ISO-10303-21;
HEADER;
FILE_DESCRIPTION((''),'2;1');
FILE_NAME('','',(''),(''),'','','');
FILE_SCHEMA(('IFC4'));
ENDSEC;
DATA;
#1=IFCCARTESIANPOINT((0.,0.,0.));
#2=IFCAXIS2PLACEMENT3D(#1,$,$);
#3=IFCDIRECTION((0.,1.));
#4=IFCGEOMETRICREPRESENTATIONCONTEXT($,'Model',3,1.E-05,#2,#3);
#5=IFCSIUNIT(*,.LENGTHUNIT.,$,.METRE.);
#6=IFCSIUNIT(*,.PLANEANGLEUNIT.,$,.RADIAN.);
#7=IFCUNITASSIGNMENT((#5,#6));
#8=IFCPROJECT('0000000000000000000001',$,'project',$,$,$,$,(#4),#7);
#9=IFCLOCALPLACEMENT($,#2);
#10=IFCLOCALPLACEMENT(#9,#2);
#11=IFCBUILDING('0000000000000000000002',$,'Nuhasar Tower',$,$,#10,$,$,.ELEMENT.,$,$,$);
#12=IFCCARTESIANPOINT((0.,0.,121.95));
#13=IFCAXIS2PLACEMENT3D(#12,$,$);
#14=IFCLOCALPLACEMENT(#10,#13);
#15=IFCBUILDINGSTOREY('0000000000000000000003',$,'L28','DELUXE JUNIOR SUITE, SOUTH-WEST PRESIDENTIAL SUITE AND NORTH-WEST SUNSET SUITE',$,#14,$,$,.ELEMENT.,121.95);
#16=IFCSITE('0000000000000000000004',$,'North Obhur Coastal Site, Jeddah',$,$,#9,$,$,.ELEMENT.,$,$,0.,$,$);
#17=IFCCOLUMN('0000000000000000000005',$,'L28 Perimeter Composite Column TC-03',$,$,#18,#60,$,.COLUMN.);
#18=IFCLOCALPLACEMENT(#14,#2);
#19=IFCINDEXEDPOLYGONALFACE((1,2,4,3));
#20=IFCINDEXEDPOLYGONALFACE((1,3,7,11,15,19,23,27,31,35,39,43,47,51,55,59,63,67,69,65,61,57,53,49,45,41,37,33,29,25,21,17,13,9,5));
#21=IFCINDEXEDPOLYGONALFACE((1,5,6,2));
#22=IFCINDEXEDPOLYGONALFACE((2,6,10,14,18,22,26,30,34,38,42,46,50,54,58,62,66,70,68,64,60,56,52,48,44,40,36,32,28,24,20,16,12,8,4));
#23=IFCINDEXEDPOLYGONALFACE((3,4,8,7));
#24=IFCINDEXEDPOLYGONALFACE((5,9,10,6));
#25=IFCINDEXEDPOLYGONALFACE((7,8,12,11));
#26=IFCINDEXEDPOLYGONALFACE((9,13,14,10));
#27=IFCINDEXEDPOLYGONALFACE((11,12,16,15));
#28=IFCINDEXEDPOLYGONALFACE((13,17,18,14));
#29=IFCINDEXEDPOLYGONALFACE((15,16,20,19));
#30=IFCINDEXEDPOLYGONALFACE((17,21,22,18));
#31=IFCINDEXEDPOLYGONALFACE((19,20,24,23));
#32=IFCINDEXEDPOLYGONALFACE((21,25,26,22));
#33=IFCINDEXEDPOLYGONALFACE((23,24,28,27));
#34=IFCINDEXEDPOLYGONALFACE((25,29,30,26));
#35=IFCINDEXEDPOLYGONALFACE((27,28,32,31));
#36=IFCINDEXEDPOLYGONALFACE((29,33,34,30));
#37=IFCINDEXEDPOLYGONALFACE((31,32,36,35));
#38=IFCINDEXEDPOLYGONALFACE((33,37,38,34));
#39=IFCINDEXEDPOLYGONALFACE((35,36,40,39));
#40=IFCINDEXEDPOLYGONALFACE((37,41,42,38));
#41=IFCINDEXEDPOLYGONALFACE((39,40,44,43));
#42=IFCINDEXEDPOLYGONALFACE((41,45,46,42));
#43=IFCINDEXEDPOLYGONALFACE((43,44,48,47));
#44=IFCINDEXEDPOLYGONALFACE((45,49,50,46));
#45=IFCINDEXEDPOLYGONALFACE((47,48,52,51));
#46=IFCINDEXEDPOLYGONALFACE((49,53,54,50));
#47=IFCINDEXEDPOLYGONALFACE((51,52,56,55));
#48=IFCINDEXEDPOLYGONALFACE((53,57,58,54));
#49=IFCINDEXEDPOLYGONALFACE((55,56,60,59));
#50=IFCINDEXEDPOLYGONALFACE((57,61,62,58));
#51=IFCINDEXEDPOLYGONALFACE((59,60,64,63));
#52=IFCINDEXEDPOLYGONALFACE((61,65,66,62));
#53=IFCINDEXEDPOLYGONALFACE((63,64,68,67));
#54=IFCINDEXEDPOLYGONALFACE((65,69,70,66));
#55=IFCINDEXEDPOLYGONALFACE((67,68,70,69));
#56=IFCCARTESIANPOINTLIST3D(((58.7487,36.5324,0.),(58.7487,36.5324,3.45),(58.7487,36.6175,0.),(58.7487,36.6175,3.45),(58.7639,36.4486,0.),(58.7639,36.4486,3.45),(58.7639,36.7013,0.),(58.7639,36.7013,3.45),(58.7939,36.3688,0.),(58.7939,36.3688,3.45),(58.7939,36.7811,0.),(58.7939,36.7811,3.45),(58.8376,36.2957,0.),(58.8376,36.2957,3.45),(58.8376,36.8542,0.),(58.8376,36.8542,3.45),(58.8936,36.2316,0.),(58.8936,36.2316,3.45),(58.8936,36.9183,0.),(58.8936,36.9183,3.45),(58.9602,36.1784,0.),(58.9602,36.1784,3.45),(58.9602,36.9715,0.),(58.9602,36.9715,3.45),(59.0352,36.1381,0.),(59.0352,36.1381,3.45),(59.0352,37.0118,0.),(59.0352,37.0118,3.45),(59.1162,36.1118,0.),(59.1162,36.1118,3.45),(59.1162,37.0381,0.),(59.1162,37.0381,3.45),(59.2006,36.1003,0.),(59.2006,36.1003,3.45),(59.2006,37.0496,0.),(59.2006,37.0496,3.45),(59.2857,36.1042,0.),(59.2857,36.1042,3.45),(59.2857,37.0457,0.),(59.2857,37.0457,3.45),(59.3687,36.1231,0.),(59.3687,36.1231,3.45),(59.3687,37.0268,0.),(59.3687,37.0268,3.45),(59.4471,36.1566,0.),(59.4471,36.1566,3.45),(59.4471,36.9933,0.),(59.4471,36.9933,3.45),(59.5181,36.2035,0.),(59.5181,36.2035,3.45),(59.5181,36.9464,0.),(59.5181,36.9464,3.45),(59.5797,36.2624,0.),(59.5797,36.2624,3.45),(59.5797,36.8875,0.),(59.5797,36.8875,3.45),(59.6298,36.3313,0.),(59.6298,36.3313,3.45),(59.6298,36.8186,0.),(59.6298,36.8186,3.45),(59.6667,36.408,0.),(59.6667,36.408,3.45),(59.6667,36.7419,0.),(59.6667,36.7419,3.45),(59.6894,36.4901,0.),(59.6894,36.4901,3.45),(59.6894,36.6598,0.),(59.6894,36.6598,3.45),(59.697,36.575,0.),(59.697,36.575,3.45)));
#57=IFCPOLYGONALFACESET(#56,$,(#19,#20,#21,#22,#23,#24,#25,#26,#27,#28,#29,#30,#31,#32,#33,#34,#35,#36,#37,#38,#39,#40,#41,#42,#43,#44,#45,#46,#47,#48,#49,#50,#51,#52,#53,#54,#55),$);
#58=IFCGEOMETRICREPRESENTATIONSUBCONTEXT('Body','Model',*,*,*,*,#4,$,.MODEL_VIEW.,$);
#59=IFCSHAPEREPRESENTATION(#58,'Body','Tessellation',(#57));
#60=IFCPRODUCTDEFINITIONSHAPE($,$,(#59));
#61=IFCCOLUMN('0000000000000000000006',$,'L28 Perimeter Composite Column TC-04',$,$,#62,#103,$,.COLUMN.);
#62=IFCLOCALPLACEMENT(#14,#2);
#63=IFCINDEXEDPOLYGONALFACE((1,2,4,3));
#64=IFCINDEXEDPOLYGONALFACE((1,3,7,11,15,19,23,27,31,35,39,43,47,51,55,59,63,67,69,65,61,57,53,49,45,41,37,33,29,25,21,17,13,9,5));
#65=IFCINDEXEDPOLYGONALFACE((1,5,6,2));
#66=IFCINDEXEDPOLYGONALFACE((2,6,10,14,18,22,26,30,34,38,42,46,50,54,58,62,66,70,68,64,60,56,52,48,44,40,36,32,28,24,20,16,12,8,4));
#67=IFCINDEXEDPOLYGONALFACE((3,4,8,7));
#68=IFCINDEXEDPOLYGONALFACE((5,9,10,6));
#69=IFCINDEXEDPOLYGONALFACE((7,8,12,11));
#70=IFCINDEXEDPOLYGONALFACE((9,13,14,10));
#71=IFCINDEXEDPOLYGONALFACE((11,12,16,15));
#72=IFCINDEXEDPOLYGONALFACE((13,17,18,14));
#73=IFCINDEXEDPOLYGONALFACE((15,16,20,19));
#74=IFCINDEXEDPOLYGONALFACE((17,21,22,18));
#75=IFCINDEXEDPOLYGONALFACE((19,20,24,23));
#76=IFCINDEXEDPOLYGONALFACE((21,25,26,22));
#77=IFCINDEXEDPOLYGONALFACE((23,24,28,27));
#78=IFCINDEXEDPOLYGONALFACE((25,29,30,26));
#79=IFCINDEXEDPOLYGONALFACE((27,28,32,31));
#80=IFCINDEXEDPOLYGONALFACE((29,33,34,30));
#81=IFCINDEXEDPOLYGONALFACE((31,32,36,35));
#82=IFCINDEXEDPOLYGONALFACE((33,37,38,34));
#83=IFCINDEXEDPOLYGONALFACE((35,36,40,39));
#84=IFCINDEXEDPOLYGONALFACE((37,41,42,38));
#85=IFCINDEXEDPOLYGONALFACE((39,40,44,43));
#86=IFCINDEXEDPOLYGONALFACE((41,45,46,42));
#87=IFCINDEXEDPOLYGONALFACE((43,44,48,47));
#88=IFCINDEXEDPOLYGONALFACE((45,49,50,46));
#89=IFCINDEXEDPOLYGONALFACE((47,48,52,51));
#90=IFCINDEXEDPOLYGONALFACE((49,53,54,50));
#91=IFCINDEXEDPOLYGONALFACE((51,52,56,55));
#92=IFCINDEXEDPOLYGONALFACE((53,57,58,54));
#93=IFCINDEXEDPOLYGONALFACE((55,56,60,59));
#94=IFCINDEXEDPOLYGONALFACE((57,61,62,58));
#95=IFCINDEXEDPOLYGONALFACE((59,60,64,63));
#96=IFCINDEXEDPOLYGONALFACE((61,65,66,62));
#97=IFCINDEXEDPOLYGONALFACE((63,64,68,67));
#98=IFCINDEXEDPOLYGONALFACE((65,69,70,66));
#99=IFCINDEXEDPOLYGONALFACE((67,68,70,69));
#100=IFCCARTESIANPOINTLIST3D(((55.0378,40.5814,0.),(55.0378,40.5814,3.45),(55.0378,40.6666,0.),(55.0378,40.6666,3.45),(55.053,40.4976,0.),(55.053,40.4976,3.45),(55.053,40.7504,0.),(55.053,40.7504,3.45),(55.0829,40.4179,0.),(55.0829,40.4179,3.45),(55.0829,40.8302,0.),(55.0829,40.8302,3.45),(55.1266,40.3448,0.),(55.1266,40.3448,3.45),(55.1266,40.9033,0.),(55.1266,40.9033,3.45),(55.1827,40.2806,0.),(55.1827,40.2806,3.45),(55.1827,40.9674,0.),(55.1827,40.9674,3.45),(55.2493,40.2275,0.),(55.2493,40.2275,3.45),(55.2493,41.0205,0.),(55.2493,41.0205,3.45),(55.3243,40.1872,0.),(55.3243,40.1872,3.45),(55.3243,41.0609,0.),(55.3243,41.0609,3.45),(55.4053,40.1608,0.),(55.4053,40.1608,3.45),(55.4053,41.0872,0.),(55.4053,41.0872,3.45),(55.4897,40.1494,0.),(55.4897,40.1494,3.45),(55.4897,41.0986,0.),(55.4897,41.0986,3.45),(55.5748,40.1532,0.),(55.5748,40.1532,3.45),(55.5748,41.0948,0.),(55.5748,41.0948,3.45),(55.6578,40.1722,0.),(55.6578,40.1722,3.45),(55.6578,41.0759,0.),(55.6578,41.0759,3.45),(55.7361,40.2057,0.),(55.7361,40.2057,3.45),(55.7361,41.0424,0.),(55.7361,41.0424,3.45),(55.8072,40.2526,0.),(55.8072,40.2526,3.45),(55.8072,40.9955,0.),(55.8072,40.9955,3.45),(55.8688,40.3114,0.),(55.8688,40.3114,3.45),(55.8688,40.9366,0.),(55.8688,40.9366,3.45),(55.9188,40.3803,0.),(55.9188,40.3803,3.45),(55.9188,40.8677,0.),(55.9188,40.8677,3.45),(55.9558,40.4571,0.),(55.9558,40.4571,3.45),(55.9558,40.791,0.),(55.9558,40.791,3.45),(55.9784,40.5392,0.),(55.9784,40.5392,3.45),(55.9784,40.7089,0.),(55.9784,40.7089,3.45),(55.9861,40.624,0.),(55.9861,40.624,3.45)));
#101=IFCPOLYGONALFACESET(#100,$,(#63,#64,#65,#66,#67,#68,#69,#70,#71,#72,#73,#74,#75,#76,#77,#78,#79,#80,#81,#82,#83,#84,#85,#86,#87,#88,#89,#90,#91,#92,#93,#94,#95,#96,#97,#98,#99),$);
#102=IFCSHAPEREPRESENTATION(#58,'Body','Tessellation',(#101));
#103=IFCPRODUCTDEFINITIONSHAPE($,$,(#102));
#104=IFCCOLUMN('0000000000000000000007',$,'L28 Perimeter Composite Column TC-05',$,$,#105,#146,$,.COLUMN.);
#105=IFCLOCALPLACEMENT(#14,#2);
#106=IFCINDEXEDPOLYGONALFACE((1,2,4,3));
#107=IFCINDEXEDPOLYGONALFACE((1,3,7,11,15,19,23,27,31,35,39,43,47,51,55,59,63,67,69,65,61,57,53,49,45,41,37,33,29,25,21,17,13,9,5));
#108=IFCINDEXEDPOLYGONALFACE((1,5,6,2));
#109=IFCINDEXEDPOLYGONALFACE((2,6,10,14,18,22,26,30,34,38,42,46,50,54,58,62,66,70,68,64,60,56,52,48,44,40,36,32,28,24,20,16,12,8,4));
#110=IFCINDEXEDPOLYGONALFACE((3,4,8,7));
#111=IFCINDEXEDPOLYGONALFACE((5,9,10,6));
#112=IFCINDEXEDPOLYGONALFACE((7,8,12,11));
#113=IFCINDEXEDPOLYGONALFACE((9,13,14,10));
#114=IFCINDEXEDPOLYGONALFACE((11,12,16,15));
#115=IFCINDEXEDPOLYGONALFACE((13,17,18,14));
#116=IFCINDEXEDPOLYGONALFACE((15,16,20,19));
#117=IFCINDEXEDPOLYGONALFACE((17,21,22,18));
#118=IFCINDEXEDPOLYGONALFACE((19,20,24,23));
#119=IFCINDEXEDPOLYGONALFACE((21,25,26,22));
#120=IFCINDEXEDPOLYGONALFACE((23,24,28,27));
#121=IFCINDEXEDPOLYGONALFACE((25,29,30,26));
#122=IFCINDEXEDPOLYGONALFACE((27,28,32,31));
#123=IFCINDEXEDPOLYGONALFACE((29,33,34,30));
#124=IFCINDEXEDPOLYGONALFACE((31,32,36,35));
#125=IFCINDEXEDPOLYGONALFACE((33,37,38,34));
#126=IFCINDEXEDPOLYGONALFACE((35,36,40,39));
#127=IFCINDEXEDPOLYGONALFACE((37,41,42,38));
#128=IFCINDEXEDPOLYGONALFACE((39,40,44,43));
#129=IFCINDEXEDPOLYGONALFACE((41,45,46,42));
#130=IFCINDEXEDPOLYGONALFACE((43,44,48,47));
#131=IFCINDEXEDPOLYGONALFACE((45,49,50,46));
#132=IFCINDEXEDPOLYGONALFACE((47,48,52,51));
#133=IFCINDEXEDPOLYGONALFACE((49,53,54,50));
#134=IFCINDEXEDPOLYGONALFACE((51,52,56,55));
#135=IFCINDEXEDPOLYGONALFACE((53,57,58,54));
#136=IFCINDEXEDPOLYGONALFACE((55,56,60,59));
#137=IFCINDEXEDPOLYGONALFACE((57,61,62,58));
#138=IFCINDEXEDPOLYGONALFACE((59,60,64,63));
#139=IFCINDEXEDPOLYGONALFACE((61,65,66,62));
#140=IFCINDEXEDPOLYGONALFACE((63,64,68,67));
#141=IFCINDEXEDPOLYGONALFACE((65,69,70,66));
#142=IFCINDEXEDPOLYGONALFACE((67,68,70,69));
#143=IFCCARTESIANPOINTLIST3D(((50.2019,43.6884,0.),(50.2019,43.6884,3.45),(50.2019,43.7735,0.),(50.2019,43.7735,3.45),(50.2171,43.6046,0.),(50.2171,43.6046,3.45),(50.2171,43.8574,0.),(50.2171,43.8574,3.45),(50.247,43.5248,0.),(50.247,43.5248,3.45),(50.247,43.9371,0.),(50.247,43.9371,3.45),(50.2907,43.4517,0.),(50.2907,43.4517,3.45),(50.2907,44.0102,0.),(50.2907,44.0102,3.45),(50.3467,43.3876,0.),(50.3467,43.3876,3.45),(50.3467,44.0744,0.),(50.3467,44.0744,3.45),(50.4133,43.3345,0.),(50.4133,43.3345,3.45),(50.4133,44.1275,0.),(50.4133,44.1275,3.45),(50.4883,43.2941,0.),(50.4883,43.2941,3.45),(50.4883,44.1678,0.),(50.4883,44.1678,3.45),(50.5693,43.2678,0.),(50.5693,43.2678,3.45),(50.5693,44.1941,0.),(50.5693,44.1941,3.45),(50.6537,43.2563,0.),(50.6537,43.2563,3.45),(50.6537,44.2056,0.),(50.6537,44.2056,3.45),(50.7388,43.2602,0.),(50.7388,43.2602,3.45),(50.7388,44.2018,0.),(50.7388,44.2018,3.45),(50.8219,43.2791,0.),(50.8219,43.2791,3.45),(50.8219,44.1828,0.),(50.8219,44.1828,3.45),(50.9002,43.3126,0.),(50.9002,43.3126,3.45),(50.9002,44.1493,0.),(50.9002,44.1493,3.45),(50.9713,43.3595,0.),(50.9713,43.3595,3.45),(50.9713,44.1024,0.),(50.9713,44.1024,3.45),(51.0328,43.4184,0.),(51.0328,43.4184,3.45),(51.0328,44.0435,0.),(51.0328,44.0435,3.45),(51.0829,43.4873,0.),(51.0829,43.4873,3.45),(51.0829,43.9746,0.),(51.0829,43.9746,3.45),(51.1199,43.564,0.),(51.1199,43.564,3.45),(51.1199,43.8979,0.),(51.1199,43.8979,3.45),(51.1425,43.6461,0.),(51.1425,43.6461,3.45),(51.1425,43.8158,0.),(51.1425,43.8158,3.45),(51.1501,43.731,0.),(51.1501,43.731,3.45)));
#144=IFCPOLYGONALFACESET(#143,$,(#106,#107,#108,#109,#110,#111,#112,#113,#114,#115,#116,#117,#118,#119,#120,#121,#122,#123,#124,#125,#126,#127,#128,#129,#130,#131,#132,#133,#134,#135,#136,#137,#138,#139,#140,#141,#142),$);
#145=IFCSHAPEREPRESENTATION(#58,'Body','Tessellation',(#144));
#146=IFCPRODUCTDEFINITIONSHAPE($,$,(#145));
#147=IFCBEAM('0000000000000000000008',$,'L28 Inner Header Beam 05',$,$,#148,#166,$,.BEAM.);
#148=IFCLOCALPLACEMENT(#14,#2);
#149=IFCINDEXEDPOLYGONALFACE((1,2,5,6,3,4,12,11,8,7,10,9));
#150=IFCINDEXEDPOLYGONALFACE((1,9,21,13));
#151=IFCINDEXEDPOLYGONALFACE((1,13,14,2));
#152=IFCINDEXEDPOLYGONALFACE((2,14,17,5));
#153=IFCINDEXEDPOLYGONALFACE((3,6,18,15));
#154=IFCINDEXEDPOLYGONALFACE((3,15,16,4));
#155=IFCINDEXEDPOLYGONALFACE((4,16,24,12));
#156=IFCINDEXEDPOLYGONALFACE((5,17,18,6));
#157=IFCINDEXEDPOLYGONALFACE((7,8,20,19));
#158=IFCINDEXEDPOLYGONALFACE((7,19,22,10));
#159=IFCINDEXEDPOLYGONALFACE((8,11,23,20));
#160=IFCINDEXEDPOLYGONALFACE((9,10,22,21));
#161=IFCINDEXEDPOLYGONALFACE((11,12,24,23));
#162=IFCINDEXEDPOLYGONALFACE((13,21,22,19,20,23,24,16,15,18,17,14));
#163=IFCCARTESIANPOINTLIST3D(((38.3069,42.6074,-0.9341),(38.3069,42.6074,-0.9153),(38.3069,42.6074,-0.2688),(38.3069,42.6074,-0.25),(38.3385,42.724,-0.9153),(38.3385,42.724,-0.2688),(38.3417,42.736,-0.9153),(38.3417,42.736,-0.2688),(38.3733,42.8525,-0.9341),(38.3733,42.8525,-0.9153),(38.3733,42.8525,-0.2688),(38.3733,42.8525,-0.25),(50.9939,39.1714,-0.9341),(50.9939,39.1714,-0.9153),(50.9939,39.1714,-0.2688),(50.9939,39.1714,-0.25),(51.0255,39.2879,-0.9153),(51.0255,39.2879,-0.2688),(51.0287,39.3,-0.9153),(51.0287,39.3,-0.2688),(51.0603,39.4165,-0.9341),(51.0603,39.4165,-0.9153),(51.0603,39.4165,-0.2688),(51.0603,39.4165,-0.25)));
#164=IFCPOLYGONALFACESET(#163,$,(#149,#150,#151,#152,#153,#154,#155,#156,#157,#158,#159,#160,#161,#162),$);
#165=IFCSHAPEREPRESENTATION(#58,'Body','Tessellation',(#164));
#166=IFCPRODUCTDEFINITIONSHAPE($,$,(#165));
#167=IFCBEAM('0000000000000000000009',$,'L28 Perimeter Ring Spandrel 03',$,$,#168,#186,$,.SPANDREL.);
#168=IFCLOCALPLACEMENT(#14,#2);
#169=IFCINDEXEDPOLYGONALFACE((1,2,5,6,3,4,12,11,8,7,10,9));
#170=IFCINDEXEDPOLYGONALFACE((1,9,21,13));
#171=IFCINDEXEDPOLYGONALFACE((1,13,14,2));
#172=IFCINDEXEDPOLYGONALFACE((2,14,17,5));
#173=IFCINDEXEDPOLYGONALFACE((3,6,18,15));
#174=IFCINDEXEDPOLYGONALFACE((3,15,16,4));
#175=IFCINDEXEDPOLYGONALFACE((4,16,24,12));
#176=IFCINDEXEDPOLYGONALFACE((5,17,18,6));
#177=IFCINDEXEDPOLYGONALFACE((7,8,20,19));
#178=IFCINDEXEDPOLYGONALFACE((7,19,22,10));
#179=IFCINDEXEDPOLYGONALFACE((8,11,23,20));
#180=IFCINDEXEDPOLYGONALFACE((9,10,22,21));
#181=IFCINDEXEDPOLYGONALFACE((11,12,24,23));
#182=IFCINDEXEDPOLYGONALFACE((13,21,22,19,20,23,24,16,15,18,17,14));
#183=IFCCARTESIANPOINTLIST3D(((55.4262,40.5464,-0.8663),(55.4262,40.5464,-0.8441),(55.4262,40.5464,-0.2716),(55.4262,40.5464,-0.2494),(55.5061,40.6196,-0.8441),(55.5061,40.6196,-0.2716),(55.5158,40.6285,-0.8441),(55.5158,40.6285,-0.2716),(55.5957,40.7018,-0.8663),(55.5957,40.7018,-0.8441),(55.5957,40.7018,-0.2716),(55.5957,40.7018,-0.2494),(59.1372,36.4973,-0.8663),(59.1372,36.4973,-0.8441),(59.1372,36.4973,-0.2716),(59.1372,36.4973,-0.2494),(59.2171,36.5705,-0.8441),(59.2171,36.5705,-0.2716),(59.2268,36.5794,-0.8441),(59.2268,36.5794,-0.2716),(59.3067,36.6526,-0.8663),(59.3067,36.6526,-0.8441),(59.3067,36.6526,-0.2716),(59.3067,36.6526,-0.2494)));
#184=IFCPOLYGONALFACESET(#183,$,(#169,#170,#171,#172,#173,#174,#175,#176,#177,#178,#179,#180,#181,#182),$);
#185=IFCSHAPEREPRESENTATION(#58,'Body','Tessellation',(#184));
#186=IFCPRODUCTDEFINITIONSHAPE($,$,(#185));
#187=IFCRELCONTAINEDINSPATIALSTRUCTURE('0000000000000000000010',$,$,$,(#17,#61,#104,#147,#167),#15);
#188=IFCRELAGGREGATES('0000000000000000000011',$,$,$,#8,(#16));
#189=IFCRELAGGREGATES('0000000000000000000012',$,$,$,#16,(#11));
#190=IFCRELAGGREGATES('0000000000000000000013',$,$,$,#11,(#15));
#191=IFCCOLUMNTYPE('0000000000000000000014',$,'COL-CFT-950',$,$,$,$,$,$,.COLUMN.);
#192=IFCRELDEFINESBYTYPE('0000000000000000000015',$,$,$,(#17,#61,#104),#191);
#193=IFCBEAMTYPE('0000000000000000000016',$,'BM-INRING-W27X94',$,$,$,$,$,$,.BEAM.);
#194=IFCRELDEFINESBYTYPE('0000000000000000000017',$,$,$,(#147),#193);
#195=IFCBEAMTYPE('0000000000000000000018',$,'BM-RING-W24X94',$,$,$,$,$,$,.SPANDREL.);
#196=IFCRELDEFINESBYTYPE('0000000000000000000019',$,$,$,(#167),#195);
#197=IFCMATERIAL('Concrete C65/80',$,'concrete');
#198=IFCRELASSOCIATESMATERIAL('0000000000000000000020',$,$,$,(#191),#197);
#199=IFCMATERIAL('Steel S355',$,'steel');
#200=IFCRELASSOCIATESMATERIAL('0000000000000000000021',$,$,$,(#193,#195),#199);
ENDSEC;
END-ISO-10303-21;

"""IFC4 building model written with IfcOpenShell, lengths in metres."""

from ifc_helpers import new_model, si_unit, direction, frame, origin, origin_2d, place, context, subcontext, project, spatial, circle, i_section, extrude, material, material_profile, profile_set, type_object, element, save


model = new_model("IFC4")

# Units and contexts
model_context = context("Model", 3, precision=1e-05, world=origin(), true_north=direction((0.0, 1.0)))
body_context = subcontext(model_context, "Body", "Model", "MODEL_VIEW")
ifc_project = project(units=[si_unit("LENGTHUNIT", "METRE"), si_unit("PLANEANGLEUNIT", "RADIAN")], contexts=[model_context])

# Site, building, storey
site_placement = place(None, origin())
site = spatial("IfcSite", under=ifc_project, at=site_placement, Name="North Obhur Coastal Site, Jeddah", CompositionType="ELEMENT", RefElevation=0.0)
building_placement = place(site_placement, origin())
building = spatial("IfcBuilding", under=site, at=building_placement, Name="Nuhasar Tower", CompositionType="ELEMENT")
storey_placement = place(building_placement, frame((0.0, 0.0, 121.95)))
storey = spatial("IfcBuildingStorey", under=building, at=storey_placement, Name="L28", Description="DELUXE JUNIOR SUITE, SOUTH-WEST PRESIDENTIAL SUITE AND NORTH-WEST SUNSET SUITE", CompositionType="ELEMENT", Elevation=121.95)

# Columns
ifc_material_1 = material(Name="Concrete C65/80", Category="concrete")
ifc_material_profile_1 = material_profile(ifc_material_1, circle(Radius=0.4751, at=origin_2d()), Name="CFT950")
ifc_profile_set_1 = profile_set([ifc_material_profile_1], Name="Concrete C65/80")
column_type = type_object("IfcColumnType", Name="COL-CFT-950", PredefinedType="COLUMN", material=ifc_profile_set_1)
for number, where, z_axis, x_axis, name in (
    (1, (59.2219, 36.575, 0.0), (0.0, 0.0, 1.0), (1.0, 0.0, 0.0), "L28 Perimeter Composite Column TC-03"),
    (2, (55.511, 40.624, 0.0), (0.0, 0.0, 1.0), (1.0, 0.0, 0.0), "L28 Perimeter Composite Column TC-04"),
    (3, (50.675, 43.731, 0.0), (0.0, 0.0, 1.0), (1.0, 0.0, 0.0), "L28 Perimeter Composite Column TC-05"),
):
    element("IfcColumn", number, at=place(storey_placement, frame(where, z_axis=z_axis, x_axis=x_axis)), inside=storey, type_object=column_type, Name=name, PredefinedType="COLUMN", context=body_context, shape_type="SweptSolid", body=[
        extrude(circle(Radius=0.4751, at=origin_2d()), origin(), (0.0, 0.0, 1.0), 3.45),
    ])

# Beams
ifc_material_2 = material(Name="Steel S355", Category="steel")
ifc_material_profile_2 = material_profile(ifc_material_2, i_section(OverallWidth=0.2539, OverallDepth=0.6841, WebThickness=0.0125, FlangeThickness=0.0188, at=origin_2d()), Name="W27X94")
ifc_profile_set_2 = profile_set([ifc_material_profile_2], Name="Steel S355")
beam_type_1 = type_object("IfcBeamType", Name="BM-INRING-W27X94", PredefinedType="BEAM", material=ifc_profile_set_2)
beam_1_placement = place(storey_placement, frame((51.0271, 39.2939, -0.592), z_axis=(-0.965227, 0.261413, 0.0), x_axis=(-0.261413, -0.965227, 0.0)))
element("IfcBeam", 4, at=beam_1_placement, inside=storey, type_object=beam_type_1, Name="L28 Inner Header Beam 05", PredefinedType="BEAM", context=body_context, shape_type="SweptSolid", body=[
    extrude(i_section(OverallWidth=0.2539, OverallDepth=0.6841, WebThickness=0.0125, FlangeThickness=0.0188, at=origin_2d()), origin(), (0.0, 0.0, 1.0), 13.144),
])
ifc_material_profile_3 = material_profile(ifc_material_2, i_section(OverallWidth=0.23, OverallDepth=0.6169, WebThickness=0.0132, FlangeThickness=0.0222, at=origin_2d()), Name="W24X94")
ifc_profile_set_3 = profile_set([ifc_material_profile_3], Name="Steel S355")
beam_type_2 = type_object("IfcBeamType", Name="BM-RING-W24X94", PredefinedType="SPANDREL", material=ifc_profile_set_3)
beam_2_placement = place(storey_placement, frame((59.2219, 36.575, -0.5579), z_axis=(-0.675654, 0.737219, 0.0), x_axis=(-0.737219, -0.675654, 0.0)))
element("IfcBeam", 5, at=beam_2_placement, inside=storey, type_object=beam_type_2, Name="L28 Perimeter Ring Spandrel 03", PredefinedType="SPANDREL", context=body_context, shape_type="SweptSolid", body=[
    extrude(i_section(OverallWidth=0.23, OverallDepth=0.6169, WebThickness=0.0132, FlangeThickness=0.0222, at=origin_2d()), origin(), (0.0, 0.0, 1.0), 5.4924),
])

save(model, "model.ifc")
